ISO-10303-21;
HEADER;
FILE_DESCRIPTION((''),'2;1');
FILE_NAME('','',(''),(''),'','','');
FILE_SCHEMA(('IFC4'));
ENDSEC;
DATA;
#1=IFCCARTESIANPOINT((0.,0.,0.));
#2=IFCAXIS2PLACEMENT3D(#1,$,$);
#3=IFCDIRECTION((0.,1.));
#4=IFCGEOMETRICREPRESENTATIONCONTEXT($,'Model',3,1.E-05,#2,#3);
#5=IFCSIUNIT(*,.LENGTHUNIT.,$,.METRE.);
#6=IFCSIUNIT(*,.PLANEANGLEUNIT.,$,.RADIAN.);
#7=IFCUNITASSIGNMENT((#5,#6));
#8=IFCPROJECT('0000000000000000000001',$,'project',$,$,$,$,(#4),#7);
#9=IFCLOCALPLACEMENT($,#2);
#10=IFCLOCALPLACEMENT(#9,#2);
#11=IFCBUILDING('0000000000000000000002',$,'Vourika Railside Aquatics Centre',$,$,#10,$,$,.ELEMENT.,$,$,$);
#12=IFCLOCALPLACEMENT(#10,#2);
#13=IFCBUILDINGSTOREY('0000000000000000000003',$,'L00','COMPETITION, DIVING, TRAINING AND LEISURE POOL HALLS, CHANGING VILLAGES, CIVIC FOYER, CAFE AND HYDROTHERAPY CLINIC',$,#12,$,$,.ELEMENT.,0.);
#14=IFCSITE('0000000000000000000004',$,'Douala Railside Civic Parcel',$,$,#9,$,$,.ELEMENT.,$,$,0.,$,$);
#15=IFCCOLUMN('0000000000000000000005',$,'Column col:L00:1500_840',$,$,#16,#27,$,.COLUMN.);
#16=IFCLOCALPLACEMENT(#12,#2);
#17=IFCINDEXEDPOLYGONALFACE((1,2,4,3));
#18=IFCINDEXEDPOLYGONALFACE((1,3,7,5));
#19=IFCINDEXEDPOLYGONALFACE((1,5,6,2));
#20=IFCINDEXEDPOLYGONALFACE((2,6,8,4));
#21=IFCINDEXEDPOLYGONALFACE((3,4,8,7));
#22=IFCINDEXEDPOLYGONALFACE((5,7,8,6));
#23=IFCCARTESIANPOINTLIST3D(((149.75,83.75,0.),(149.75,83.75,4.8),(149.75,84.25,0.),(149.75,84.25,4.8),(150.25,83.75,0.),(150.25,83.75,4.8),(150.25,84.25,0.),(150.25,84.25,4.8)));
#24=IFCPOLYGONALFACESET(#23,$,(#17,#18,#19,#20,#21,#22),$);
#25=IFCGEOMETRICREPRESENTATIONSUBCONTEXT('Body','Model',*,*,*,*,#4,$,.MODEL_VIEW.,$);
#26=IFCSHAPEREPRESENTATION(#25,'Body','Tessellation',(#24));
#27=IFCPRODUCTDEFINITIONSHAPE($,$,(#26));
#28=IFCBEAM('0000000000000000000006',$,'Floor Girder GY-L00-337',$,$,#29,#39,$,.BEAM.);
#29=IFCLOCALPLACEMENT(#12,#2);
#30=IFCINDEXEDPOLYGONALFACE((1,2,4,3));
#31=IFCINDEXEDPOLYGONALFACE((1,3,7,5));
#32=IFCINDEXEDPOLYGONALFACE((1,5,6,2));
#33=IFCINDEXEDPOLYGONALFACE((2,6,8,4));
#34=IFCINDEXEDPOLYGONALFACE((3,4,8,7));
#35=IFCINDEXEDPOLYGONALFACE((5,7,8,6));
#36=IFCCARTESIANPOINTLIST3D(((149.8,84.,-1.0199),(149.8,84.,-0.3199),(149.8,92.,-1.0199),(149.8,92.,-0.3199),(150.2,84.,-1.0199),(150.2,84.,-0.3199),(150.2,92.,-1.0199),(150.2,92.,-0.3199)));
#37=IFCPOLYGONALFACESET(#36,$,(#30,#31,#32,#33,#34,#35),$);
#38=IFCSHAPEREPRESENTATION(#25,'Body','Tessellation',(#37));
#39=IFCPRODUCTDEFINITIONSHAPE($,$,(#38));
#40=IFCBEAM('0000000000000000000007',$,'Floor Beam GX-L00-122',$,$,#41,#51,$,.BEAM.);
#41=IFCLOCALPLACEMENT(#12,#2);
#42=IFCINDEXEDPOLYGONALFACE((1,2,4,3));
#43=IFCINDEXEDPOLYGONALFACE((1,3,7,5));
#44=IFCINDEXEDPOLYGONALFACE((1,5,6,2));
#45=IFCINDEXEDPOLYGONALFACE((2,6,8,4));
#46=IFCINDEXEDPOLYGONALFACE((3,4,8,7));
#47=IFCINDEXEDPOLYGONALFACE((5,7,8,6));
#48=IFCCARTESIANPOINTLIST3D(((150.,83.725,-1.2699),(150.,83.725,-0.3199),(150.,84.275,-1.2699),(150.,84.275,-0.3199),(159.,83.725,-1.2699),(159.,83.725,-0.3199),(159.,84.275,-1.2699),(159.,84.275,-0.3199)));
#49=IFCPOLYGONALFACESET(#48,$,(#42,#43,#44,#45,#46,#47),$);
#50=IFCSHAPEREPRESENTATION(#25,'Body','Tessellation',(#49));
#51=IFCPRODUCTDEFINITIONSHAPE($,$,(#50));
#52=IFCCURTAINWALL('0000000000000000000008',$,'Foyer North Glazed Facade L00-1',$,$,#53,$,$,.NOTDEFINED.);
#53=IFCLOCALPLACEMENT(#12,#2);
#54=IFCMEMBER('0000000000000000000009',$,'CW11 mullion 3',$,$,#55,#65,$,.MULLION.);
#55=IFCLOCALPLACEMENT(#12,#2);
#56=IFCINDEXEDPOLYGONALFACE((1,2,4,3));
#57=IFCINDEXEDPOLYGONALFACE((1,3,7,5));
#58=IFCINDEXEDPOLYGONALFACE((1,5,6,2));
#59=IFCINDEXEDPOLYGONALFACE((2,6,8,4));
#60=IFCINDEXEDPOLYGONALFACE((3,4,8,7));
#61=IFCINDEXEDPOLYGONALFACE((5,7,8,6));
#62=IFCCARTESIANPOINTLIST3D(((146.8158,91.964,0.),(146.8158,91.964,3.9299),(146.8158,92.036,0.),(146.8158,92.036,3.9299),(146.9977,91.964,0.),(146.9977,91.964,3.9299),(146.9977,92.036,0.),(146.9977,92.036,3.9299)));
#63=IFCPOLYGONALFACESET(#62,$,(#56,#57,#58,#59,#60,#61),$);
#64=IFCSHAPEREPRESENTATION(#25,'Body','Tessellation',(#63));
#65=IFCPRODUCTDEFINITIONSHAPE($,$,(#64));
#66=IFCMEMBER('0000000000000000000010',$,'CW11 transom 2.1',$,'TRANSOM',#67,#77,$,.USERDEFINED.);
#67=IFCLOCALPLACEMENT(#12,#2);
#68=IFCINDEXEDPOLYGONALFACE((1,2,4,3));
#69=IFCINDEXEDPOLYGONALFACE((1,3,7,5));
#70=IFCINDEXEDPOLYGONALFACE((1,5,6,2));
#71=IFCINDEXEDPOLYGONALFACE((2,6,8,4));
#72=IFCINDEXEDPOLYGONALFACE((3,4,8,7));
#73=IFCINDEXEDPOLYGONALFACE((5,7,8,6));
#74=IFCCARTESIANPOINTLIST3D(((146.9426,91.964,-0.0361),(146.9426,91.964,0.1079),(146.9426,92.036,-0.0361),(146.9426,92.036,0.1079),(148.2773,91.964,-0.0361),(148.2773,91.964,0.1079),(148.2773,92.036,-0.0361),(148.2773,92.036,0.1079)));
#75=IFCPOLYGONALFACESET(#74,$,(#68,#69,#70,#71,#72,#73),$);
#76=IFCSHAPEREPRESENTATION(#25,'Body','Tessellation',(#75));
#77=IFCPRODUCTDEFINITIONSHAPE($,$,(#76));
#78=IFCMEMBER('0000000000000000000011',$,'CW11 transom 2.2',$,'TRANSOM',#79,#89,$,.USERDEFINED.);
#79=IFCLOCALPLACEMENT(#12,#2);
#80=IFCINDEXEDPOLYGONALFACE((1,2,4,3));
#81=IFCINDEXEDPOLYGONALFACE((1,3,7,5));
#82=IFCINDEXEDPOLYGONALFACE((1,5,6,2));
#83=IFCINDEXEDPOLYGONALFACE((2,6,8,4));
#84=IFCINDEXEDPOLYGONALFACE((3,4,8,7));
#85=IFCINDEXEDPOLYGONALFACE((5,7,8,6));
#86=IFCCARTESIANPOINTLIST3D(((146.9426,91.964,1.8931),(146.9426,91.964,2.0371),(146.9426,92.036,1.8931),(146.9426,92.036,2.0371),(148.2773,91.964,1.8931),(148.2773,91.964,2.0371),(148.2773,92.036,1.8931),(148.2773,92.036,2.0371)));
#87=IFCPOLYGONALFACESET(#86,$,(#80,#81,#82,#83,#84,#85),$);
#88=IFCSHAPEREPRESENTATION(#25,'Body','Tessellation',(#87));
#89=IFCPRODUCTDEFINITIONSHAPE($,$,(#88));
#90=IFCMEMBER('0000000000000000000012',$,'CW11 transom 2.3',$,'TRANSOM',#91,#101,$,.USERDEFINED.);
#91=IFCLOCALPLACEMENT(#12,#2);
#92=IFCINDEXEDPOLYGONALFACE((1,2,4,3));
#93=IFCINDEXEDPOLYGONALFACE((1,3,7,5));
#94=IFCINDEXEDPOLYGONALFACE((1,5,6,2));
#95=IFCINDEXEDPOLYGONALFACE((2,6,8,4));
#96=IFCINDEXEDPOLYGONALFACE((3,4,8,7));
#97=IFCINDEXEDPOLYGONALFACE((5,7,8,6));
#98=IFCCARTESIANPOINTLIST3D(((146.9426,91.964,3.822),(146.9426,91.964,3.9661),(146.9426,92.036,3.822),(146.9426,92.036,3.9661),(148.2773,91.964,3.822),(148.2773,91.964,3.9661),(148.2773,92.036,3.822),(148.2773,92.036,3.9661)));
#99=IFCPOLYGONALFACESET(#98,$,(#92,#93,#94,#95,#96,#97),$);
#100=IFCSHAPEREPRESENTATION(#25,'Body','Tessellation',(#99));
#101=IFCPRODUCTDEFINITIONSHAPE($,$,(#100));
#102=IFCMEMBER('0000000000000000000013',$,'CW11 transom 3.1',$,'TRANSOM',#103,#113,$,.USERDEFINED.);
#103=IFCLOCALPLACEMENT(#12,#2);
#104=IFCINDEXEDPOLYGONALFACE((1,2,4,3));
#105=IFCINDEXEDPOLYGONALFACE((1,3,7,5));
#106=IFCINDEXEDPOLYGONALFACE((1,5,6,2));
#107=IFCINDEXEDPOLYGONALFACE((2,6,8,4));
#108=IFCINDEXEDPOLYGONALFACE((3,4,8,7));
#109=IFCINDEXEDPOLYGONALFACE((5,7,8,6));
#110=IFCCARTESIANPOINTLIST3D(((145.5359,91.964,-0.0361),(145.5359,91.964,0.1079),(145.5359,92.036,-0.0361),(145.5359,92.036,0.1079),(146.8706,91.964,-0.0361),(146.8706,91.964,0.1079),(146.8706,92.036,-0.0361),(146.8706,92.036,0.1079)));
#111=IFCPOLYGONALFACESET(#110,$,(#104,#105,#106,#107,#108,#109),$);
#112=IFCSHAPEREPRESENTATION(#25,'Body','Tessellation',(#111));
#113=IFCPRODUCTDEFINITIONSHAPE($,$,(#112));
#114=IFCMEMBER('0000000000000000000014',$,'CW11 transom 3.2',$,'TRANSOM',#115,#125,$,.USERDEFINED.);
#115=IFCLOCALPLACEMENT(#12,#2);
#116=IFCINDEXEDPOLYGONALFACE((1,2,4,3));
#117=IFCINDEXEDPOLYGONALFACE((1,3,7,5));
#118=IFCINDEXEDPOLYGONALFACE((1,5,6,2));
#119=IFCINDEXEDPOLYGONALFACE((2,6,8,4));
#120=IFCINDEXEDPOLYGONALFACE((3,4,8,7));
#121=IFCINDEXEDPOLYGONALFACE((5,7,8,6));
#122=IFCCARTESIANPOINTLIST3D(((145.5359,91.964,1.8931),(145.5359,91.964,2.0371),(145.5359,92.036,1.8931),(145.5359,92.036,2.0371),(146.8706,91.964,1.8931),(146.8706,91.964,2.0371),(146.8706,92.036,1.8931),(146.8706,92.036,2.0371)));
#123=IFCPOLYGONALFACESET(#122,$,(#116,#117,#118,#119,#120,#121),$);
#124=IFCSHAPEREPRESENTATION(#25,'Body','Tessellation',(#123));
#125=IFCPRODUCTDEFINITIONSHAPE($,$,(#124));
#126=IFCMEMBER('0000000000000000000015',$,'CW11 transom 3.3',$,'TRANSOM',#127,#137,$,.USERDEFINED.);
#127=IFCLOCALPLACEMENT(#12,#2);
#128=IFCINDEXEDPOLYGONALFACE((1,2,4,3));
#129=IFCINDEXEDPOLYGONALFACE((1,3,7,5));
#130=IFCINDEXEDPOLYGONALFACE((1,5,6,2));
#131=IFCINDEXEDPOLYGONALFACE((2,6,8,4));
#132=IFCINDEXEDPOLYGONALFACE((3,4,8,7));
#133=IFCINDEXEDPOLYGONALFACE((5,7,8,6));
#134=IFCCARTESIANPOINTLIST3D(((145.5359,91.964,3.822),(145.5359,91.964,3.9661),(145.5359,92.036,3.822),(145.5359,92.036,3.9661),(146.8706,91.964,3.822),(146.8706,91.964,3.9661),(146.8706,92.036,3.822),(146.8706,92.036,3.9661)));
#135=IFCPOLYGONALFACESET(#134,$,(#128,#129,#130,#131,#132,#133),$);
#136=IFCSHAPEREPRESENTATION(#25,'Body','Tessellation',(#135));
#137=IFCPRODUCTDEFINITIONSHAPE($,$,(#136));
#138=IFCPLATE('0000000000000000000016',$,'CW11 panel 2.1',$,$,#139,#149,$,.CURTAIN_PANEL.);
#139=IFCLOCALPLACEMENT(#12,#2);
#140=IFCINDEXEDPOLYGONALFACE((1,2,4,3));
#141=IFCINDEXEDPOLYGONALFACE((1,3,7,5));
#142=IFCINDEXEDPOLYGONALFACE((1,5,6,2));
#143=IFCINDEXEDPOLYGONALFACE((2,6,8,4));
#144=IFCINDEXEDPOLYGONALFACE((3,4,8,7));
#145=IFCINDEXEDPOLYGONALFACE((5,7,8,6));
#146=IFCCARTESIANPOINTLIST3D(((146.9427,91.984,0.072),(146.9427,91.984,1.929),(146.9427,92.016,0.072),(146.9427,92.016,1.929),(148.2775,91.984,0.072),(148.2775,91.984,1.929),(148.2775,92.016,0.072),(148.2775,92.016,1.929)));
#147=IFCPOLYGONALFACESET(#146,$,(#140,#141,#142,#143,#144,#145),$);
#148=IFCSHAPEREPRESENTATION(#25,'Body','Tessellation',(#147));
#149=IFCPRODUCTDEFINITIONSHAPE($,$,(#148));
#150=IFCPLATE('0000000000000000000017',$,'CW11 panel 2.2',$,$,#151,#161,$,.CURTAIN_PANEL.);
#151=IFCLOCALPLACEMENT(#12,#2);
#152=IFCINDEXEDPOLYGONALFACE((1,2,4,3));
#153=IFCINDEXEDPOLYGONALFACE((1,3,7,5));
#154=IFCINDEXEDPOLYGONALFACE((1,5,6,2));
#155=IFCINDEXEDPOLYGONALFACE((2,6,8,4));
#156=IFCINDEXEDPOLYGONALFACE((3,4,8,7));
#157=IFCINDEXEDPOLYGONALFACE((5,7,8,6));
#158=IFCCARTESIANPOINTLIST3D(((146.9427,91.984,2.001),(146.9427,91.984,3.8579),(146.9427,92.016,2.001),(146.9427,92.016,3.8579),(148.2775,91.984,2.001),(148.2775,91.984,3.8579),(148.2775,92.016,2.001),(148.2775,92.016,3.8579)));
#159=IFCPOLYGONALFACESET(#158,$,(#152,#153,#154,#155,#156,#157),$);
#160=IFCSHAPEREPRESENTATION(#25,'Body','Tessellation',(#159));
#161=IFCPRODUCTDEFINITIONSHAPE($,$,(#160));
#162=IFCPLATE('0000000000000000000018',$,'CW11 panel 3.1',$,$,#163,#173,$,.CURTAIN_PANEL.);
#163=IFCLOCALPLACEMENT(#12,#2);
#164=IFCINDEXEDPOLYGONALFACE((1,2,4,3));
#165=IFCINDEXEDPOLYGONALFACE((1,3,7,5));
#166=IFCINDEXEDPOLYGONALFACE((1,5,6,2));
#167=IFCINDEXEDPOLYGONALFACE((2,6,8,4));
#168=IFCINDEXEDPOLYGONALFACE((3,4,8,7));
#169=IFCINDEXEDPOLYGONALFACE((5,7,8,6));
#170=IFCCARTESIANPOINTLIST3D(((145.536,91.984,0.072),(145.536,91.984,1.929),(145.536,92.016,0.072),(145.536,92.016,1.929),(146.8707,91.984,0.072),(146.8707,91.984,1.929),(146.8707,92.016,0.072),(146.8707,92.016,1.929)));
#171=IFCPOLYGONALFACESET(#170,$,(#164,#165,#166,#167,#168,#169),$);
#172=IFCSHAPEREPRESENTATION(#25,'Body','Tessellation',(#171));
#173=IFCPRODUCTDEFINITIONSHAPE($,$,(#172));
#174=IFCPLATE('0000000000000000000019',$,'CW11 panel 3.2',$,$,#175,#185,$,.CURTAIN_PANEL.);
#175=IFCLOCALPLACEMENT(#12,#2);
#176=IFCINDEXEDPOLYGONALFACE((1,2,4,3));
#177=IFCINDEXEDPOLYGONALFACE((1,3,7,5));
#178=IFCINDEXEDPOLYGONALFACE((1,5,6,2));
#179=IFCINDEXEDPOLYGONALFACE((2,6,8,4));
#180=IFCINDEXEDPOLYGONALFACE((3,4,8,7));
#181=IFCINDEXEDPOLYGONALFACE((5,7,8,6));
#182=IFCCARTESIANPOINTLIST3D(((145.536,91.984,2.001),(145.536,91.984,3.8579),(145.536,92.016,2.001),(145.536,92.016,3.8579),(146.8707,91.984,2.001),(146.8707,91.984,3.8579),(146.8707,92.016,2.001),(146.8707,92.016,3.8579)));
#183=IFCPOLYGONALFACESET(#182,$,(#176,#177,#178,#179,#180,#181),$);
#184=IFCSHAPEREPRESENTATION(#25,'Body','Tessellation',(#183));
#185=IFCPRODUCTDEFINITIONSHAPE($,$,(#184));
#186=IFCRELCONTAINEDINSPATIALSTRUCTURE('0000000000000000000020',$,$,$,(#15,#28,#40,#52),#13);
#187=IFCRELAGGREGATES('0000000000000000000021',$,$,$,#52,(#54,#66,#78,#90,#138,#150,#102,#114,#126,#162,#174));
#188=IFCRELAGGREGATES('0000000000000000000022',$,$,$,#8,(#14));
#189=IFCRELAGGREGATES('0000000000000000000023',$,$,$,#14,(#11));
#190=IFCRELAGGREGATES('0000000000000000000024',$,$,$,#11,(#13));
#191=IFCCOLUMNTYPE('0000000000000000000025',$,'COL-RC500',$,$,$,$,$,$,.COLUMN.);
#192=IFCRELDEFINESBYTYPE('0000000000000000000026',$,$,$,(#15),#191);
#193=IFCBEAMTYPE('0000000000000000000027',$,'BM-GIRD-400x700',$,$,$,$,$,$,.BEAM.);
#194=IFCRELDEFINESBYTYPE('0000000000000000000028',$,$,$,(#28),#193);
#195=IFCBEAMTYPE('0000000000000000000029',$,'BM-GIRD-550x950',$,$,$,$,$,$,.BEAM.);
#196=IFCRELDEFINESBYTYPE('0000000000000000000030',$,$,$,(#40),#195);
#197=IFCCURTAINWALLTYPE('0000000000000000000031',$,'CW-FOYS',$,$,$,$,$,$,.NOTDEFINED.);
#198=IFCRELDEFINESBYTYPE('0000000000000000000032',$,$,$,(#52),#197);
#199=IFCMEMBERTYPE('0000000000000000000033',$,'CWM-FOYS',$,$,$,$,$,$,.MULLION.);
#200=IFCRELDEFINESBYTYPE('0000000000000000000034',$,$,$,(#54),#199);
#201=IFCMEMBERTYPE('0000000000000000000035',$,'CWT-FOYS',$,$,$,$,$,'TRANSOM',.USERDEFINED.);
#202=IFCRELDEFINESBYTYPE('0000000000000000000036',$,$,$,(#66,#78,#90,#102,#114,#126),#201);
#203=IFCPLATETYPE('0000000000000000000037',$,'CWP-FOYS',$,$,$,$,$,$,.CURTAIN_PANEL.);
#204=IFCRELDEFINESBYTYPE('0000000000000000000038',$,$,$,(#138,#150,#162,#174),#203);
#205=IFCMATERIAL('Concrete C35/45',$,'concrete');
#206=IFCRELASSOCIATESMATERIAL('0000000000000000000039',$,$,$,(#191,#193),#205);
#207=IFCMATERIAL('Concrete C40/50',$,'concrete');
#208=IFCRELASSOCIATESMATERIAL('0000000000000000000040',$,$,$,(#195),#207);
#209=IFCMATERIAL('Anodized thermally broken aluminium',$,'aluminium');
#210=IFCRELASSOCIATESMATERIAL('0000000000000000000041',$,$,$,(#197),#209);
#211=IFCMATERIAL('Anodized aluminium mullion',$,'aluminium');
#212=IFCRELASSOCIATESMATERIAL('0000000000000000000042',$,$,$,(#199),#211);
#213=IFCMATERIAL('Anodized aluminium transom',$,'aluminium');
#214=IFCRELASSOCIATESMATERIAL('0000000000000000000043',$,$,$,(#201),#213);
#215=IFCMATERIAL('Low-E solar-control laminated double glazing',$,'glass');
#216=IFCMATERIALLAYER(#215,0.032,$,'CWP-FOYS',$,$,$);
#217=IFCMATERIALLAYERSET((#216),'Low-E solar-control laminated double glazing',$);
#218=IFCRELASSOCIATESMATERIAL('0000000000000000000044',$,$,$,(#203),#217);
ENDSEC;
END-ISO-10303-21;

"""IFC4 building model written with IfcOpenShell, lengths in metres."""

from ifc_helpers import new_model, si_unit, direction, frame, origin, origin_2d, place, context, subcontext, project, spatial, rectangle, extrude, material, layer, layer_set, material_profile, profile_set, type_object, element, aggregate, save


model = new_model("IFC4")

# Units and contexts
model_context = context("Model", 3, precision=1e-05, world=origin(), true_north=direction((0.0, 1.0)))
body_context = subcontext(model_context, "Body", "Model", "MODEL_VIEW")
ifc_project = project(units=[si_unit("LENGTHUNIT", "METRE"), si_unit("PLANEANGLEUNIT", "RADIAN")], contexts=[model_context])

# Site, building, storey
site_placement = place(None, origin())
site = spatial("IfcSite", under=ifc_project, at=site_placement, Name="Douala Railside Civic Parcel", CompositionType="ELEMENT", RefElevation=0.0)
building_placement = place(site_placement, origin())
building = spatial("IfcBuilding", under=site, at=building_placement, Name="Vourika Railside Aquatics Centre", CompositionType="ELEMENT")
storey_placement = place(building_placement, origin())
storey = spatial("IfcBuildingStorey", under=building, at=storey_placement, Name="L00", Description="COMPETITION, DIVING, TRAINING AND LEISURE POOL HALLS, CHANGING VILLAGES, CIVIC FOYER, CAFE AND HYDROTHERAPY CLINIC", CompositionType="ELEMENT", Elevation=0.0)

# Column
ifc_material_1 = material(Name="Concrete C35/45", Category="concrete")
ifc_material_profile_1 = material_profile(ifc_material_1, rectangle(XDim=0.5, YDim=0.5, at=origin_2d()), Name="RC 500x500")
ifc_profile_set_1 = profile_set([ifc_material_profile_1], Name="Concrete C35/45")
column_type = type_object("IfcColumnType", Name="COL-RC500", PredefinedType="COLUMN", material=ifc_profile_set_1)
column_placement = place(storey_placement, frame((150.0, 84.0, 0.0), z_axis=(0.0, 0.0, 1.0), x_axis=(1.0, 0.0, 0.0)))
element("IfcColumn", 1, at=column_placement, inside=storey, type_object=column_type, Name="Column col:L00:1500_840", PredefinedType="COLUMN", context=body_context, shape_type="SweptSolid", body=[
    extrude(rectangle(XDim=0.5, YDim=0.5, at=origin_2d()), origin(), (0.0, 0.0, 1.0), 4.8),
])

# Beams
ifc_material_profile_2 = material_profile(ifc_material_1, rectangle(XDim=0.3999, YDim=0.7, at=origin_2d()), Name="RC 400x700")
ifc_profile_set_2 = profile_set([ifc_material_profile_2], Name="Concrete C35/45")
beam_type_1 = type_object("IfcBeamType", Name="BM-GIRD-400x700", PredefinedType="BEAM", material=ifc_profile_set_2)
beam_1_placement = place(storey_placement, frame((150.0, 84.0, -0.6699), z_axis=(0.0, 1.0, 0.0), x_axis=(-1.0, 0.0, 0.0)))
element("IfcBeam", 2, at=beam_1_placement, inside=storey, type_object=beam_type_1, Name="Floor Girder GY-L00-337", PredefinedType="BEAM", context=body_context, shape_type="SweptSolid", body=[
    extrude(rectangle(XDim=0.3999, YDim=0.7, at=origin_2d()), origin(), (0.0, 0.0, 1.0), 8.0),
])
ifc_material_2 = material(Name="Concrete C40/50", Category="concrete")
ifc_material_profile_3 = material_profile(ifc_material_2, rectangle(XDim=0.55, YDim=0.95, at=origin_2d()), Name="RC 550x950")
ifc_profile_set_3 = profile_set([ifc_material_profile_3], Name="Concrete C40/50")
beam_type_2 = type_object("IfcBeamType", Name="BM-GIRD-550x950", PredefinedType="BEAM", material=ifc_profile_set_3)
beam_2_placement = place(storey_placement, frame((150.0, 84.0, -0.7949), z_axis=(1.0, 0.0, 0.0), x_axis=(0.0, 1.0, 0.0)))
element("IfcBeam", 3, at=beam_2_placement, inside=storey, type_object=beam_type_2, Name="Floor Beam GX-L00-122", PredefinedType="BEAM", context=body_context, shape_type="SweptSolid", body=[
    extrude(rectangle(XDim=0.55, YDim=0.95, at=origin_2d()), origin(), (0.0, 0.0, 1.0), 9.0),
])

# Curtain wall, members, plates
ifc_material_3 = material(Name="Anodized thermally broken aluminium", Category="aluminium")
curtain_wall_type = type_object("IfcCurtainWallType", Name="CW-FOYS", PredefinedType="NOTDEFINED", material=ifc_material_3)
curtain_wall_placement = place(storey_placement, origin())
curtain_wall = element("IfcCurtainWall", 4, at=curtain_wall_placement, inside=storey, type_object=curtain_wall_type, Name="Foyer North Glazed Facade L00-1", PredefinedType="NOTDEFINED")
ifc_material_4 = material(Name="Anodized aluminium mullion", Category="aluminium")
ifc_material_profile_4 = material_profile(ifc_material_4, rectangle(XDim=0.072, YDim=0.1819, at=origin_2d()), Name="ALU-M 72x182")
ifc_profile_set_4 = profile_set([ifc_material_profile_4], Name="Anodized aluminium mullion")
member_type_1 = type_object("IfcMemberType", Name="CWM-FOYS", PredefinedType="MULLION", material=ifc_profile_set_4)
member_1_placement = place(storey_placement, frame((146.9067, 92.0, 0.0), z_axis=(0.0, 0.0, 1.0), x_axis=(0.0, -1.0, 0.0)))
member_1 = element("IfcMember", 5, at=member_1_placement, type_object=member_type_1, Name="CW11 mullion 3", PredefinedType="MULLION", context=body_context, shape_type="SweptSolid", body=[
    extrude(rectangle(XDim=0.072, YDim=0.1819, at=origin_2d()), origin(), (0.0, 0.0, 1.0), 3.9299),
])
ifc_material_5 = material(Name="Anodized aluminium transom", Category="aluminium")
ifc_material_profile_5 = material_profile(ifc_material_5, rectangle(XDim=0.072, YDim=0.144, at=origin_2d()), Name="ALU-T 72x144")
ifc_profile_set_5 = profile_set([ifc_material_profile_5], Name="Anodized aluminium transom")
member_type_2 = type_object("IfcMemberType", Name="CWT-FOYS", ElementType="TRANSOM", PredefinedType="USERDEFINED", material=ifc_profile_set_5)
member_2_placement = place(storey_placement, frame((148.2773, 92.0, 0.0359), z_axis=(-1.0, 0.0, 0.0), x_axis=(0.0, -1.0, 0.0)))
member_2 = element("IfcMember", 6, at=member_2_placement, type_object=member_type_2, Name="CW11 transom 2.1", ObjectType="TRANSOM", PredefinedType="USERDEFINED", context=body_context, shape_type="SweptSolid", body=[
    extrude(rectangle(XDim=0.072, YDim=0.144, at=origin_2d()), origin(), (0.0, 0.0, 1.0), 1.3347),
])
member_3_placement = place(storey_placement, frame((148.2773, 92.0, 1.9651), z_axis=(-1.0, 0.0, 0.0), x_axis=(0.0, -1.0, 0.0)))
member_3 = element("IfcMember", 7, at=member_3_placement, type_object=member_type_2, Name="CW11 transom 2.2", ObjectType="TRANSOM", PredefinedType="USERDEFINED", context=body_context, shape_type="SweptSolid", body=[
    extrude(rectangle(XDim=0.072, YDim=0.144, at=origin_2d()), origin(), (0.0, 0.0, 1.0), 1.3347),
])
member_4_placement = place(storey_placement, frame((148.2773, 92.0, 3.894), z_axis=(-1.0, 0.0, 0.0), x_axis=(0.0, -1.0, 0.0)))
member_4 = element("IfcMember", 8, at=member_4_placement, type_object=member_type_2, Name="CW11 transom 2.3", ObjectType="TRANSOM", PredefinedType="USERDEFINED", context=body_context, shape_type="SweptSolid", body=[
    extrude(rectangle(XDim=0.072, YDim=0.144, at=origin_2d()), origin(), (0.0, 0.0, 1.0), 1.3347),
])
member_5_placement = place(storey_placement, frame((146.8706, 92.0, 0.0359), z_axis=(-1.0, 0.0, 0.0), x_axis=(0.0, -1.0, 0.0)))
member_5 = element("IfcMember", 9, at=member_5_placement, type_object=member_type_2, Name="CW11 transom 3.1", ObjectType="TRANSOM", PredefinedType="USERDEFINED", context=body_context, shape_type="SweptSolid", body=[
    extrude(rectangle(XDim=0.072, YDim=0.144, at=origin_2d()), origin(), (0.0, 0.0, 1.0), 1.3347),
])
member_6_placement = place(storey_placement, frame((146.8706, 92.0, 1.9651), z_axis=(-1.0, 0.0, 0.0), x_axis=(0.0, -1.0, 0.0)))
member_6 = element("IfcMember", 10, at=member_6_placement, type_object=member_type_2, Name="CW11 transom 3.2", ObjectType="TRANSOM", PredefinedType="USERDEFINED", context=body_context, shape_type="SweptSolid", body=[
    extrude(rectangle(XDim=0.072, YDim=0.144, at=origin_2d()), origin(), (0.0, 0.0, 1.0), 1.3347),
])
member_7_placement = place(storey_placement, frame((146.8706, 92.0, 3.894), z_axis=(-1.0, 0.0, 0.0), x_axis=(0.0, -1.0, 0.0)))
member_7 = element("IfcMember", 11, at=member_7_placement, type_object=member_type_2, Name="CW11 transom 3.3", ObjectType="TRANSOM", PredefinedType="USERDEFINED", context=body_context, shape_type="SweptSolid", body=[
    extrude(rectangle(XDim=0.072, YDim=0.144, at=origin_2d()), origin(), (0.0, 0.0, 1.0), 1.3347),
])
ifc_material_6 = material(Name="Low-E solar-control laminated double glazing", Category="glass")
ifc_layer_1 = layer(ifc_material_6, 0.032, Name="CWP-FOYS")
ifc_layer_set_1 = layer_set([ifc_layer_1], Name="Low-E solar-control laminated double glazing")
plate_type = type_object("IfcPlateType", Name="CWP-FOYS", PredefinedType="CURTAIN_PANEL", material=ifc_layer_set_1)
plate_1_placement = place(storey_placement, frame((147.6101, 92.0, 0.072), z_axis=(0.0, 0.0, 1.0), x_axis=(-1.0, 0.0, 0.0)))
plate_1 = element("IfcPlate", 12, at=plate_1_placement, type_object=plate_type, Name="CW11 panel 2.1", PredefinedType="CURTAIN_PANEL", context=body_context, shape_type="SweptSolid", body=[
    extrude(rectangle(XDim=1.3347, YDim=0.032, at=origin_2d()), origin(), (0.0, 0.0, 1.0), 1.8569),
])
plate_2_placement = place(storey_placement, frame((147.6101, 92.0, 2.001), z_axis=(0.0, 0.0, 1.0), x_axis=(-1.0, 0.0, 0.0)))
plate_2 = element("IfcPlate", 13, at=plate_2_placement, type_object=plate_type, Name="CW11 panel 2.2", PredefinedType="CURTAIN_PANEL", context=body_context, shape_type="SweptSolid", body=[
    extrude(rectangle(XDim=1.3347, YDim=0.032, at=origin_2d()), origin(), (0.0, 0.0, 1.0), 1.8569),
])
plate_3_placement = place(storey_placement, frame((146.2034, 92.0, 0.072), z_axis=(0.0, 0.0, 1.0), x_axis=(-1.0, 0.0, 0.0)))
plate_3 = element("IfcPlate", 14, at=plate_3_placement, type_object=plate_type, Name="CW11 panel 3.1", PredefinedType="CURTAIN_PANEL", context=body_context, shape_type="SweptSolid", body=[
    extrude(rectangle(XDim=1.3347, YDim=0.032, at=origin_2d()), origin(), (0.0, 0.0, 1.0), 1.8569),
])
plate_4_placement = place(storey_placement, frame((146.2034, 92.0, 2.001), z_axis=(0.0, 0.0, 1.0), x_axis=(-1.0, 0.0, 0.0)))
plate_4 = element("IfcPlate", 15, at=plate_4_placement, type_object=plate_type, Name="CW11 panel 3.2", PredefinedType="CURTAIN_PANEL", context=body_context, shape_type="SweptSolid", body=[
    extrude(rectangle(XDim=1.3347, YDim=0.032, at=origin_2d()), origin(), (0.0, 0.0, 1.0), 1.8569),
])
aggregate(curtain_wall, [member_1, member_2, member_3, member_4, plate_1, plate_2, member_5, member_6, member_7, plate_3, plate_4])

save(model, "model.ifc")
